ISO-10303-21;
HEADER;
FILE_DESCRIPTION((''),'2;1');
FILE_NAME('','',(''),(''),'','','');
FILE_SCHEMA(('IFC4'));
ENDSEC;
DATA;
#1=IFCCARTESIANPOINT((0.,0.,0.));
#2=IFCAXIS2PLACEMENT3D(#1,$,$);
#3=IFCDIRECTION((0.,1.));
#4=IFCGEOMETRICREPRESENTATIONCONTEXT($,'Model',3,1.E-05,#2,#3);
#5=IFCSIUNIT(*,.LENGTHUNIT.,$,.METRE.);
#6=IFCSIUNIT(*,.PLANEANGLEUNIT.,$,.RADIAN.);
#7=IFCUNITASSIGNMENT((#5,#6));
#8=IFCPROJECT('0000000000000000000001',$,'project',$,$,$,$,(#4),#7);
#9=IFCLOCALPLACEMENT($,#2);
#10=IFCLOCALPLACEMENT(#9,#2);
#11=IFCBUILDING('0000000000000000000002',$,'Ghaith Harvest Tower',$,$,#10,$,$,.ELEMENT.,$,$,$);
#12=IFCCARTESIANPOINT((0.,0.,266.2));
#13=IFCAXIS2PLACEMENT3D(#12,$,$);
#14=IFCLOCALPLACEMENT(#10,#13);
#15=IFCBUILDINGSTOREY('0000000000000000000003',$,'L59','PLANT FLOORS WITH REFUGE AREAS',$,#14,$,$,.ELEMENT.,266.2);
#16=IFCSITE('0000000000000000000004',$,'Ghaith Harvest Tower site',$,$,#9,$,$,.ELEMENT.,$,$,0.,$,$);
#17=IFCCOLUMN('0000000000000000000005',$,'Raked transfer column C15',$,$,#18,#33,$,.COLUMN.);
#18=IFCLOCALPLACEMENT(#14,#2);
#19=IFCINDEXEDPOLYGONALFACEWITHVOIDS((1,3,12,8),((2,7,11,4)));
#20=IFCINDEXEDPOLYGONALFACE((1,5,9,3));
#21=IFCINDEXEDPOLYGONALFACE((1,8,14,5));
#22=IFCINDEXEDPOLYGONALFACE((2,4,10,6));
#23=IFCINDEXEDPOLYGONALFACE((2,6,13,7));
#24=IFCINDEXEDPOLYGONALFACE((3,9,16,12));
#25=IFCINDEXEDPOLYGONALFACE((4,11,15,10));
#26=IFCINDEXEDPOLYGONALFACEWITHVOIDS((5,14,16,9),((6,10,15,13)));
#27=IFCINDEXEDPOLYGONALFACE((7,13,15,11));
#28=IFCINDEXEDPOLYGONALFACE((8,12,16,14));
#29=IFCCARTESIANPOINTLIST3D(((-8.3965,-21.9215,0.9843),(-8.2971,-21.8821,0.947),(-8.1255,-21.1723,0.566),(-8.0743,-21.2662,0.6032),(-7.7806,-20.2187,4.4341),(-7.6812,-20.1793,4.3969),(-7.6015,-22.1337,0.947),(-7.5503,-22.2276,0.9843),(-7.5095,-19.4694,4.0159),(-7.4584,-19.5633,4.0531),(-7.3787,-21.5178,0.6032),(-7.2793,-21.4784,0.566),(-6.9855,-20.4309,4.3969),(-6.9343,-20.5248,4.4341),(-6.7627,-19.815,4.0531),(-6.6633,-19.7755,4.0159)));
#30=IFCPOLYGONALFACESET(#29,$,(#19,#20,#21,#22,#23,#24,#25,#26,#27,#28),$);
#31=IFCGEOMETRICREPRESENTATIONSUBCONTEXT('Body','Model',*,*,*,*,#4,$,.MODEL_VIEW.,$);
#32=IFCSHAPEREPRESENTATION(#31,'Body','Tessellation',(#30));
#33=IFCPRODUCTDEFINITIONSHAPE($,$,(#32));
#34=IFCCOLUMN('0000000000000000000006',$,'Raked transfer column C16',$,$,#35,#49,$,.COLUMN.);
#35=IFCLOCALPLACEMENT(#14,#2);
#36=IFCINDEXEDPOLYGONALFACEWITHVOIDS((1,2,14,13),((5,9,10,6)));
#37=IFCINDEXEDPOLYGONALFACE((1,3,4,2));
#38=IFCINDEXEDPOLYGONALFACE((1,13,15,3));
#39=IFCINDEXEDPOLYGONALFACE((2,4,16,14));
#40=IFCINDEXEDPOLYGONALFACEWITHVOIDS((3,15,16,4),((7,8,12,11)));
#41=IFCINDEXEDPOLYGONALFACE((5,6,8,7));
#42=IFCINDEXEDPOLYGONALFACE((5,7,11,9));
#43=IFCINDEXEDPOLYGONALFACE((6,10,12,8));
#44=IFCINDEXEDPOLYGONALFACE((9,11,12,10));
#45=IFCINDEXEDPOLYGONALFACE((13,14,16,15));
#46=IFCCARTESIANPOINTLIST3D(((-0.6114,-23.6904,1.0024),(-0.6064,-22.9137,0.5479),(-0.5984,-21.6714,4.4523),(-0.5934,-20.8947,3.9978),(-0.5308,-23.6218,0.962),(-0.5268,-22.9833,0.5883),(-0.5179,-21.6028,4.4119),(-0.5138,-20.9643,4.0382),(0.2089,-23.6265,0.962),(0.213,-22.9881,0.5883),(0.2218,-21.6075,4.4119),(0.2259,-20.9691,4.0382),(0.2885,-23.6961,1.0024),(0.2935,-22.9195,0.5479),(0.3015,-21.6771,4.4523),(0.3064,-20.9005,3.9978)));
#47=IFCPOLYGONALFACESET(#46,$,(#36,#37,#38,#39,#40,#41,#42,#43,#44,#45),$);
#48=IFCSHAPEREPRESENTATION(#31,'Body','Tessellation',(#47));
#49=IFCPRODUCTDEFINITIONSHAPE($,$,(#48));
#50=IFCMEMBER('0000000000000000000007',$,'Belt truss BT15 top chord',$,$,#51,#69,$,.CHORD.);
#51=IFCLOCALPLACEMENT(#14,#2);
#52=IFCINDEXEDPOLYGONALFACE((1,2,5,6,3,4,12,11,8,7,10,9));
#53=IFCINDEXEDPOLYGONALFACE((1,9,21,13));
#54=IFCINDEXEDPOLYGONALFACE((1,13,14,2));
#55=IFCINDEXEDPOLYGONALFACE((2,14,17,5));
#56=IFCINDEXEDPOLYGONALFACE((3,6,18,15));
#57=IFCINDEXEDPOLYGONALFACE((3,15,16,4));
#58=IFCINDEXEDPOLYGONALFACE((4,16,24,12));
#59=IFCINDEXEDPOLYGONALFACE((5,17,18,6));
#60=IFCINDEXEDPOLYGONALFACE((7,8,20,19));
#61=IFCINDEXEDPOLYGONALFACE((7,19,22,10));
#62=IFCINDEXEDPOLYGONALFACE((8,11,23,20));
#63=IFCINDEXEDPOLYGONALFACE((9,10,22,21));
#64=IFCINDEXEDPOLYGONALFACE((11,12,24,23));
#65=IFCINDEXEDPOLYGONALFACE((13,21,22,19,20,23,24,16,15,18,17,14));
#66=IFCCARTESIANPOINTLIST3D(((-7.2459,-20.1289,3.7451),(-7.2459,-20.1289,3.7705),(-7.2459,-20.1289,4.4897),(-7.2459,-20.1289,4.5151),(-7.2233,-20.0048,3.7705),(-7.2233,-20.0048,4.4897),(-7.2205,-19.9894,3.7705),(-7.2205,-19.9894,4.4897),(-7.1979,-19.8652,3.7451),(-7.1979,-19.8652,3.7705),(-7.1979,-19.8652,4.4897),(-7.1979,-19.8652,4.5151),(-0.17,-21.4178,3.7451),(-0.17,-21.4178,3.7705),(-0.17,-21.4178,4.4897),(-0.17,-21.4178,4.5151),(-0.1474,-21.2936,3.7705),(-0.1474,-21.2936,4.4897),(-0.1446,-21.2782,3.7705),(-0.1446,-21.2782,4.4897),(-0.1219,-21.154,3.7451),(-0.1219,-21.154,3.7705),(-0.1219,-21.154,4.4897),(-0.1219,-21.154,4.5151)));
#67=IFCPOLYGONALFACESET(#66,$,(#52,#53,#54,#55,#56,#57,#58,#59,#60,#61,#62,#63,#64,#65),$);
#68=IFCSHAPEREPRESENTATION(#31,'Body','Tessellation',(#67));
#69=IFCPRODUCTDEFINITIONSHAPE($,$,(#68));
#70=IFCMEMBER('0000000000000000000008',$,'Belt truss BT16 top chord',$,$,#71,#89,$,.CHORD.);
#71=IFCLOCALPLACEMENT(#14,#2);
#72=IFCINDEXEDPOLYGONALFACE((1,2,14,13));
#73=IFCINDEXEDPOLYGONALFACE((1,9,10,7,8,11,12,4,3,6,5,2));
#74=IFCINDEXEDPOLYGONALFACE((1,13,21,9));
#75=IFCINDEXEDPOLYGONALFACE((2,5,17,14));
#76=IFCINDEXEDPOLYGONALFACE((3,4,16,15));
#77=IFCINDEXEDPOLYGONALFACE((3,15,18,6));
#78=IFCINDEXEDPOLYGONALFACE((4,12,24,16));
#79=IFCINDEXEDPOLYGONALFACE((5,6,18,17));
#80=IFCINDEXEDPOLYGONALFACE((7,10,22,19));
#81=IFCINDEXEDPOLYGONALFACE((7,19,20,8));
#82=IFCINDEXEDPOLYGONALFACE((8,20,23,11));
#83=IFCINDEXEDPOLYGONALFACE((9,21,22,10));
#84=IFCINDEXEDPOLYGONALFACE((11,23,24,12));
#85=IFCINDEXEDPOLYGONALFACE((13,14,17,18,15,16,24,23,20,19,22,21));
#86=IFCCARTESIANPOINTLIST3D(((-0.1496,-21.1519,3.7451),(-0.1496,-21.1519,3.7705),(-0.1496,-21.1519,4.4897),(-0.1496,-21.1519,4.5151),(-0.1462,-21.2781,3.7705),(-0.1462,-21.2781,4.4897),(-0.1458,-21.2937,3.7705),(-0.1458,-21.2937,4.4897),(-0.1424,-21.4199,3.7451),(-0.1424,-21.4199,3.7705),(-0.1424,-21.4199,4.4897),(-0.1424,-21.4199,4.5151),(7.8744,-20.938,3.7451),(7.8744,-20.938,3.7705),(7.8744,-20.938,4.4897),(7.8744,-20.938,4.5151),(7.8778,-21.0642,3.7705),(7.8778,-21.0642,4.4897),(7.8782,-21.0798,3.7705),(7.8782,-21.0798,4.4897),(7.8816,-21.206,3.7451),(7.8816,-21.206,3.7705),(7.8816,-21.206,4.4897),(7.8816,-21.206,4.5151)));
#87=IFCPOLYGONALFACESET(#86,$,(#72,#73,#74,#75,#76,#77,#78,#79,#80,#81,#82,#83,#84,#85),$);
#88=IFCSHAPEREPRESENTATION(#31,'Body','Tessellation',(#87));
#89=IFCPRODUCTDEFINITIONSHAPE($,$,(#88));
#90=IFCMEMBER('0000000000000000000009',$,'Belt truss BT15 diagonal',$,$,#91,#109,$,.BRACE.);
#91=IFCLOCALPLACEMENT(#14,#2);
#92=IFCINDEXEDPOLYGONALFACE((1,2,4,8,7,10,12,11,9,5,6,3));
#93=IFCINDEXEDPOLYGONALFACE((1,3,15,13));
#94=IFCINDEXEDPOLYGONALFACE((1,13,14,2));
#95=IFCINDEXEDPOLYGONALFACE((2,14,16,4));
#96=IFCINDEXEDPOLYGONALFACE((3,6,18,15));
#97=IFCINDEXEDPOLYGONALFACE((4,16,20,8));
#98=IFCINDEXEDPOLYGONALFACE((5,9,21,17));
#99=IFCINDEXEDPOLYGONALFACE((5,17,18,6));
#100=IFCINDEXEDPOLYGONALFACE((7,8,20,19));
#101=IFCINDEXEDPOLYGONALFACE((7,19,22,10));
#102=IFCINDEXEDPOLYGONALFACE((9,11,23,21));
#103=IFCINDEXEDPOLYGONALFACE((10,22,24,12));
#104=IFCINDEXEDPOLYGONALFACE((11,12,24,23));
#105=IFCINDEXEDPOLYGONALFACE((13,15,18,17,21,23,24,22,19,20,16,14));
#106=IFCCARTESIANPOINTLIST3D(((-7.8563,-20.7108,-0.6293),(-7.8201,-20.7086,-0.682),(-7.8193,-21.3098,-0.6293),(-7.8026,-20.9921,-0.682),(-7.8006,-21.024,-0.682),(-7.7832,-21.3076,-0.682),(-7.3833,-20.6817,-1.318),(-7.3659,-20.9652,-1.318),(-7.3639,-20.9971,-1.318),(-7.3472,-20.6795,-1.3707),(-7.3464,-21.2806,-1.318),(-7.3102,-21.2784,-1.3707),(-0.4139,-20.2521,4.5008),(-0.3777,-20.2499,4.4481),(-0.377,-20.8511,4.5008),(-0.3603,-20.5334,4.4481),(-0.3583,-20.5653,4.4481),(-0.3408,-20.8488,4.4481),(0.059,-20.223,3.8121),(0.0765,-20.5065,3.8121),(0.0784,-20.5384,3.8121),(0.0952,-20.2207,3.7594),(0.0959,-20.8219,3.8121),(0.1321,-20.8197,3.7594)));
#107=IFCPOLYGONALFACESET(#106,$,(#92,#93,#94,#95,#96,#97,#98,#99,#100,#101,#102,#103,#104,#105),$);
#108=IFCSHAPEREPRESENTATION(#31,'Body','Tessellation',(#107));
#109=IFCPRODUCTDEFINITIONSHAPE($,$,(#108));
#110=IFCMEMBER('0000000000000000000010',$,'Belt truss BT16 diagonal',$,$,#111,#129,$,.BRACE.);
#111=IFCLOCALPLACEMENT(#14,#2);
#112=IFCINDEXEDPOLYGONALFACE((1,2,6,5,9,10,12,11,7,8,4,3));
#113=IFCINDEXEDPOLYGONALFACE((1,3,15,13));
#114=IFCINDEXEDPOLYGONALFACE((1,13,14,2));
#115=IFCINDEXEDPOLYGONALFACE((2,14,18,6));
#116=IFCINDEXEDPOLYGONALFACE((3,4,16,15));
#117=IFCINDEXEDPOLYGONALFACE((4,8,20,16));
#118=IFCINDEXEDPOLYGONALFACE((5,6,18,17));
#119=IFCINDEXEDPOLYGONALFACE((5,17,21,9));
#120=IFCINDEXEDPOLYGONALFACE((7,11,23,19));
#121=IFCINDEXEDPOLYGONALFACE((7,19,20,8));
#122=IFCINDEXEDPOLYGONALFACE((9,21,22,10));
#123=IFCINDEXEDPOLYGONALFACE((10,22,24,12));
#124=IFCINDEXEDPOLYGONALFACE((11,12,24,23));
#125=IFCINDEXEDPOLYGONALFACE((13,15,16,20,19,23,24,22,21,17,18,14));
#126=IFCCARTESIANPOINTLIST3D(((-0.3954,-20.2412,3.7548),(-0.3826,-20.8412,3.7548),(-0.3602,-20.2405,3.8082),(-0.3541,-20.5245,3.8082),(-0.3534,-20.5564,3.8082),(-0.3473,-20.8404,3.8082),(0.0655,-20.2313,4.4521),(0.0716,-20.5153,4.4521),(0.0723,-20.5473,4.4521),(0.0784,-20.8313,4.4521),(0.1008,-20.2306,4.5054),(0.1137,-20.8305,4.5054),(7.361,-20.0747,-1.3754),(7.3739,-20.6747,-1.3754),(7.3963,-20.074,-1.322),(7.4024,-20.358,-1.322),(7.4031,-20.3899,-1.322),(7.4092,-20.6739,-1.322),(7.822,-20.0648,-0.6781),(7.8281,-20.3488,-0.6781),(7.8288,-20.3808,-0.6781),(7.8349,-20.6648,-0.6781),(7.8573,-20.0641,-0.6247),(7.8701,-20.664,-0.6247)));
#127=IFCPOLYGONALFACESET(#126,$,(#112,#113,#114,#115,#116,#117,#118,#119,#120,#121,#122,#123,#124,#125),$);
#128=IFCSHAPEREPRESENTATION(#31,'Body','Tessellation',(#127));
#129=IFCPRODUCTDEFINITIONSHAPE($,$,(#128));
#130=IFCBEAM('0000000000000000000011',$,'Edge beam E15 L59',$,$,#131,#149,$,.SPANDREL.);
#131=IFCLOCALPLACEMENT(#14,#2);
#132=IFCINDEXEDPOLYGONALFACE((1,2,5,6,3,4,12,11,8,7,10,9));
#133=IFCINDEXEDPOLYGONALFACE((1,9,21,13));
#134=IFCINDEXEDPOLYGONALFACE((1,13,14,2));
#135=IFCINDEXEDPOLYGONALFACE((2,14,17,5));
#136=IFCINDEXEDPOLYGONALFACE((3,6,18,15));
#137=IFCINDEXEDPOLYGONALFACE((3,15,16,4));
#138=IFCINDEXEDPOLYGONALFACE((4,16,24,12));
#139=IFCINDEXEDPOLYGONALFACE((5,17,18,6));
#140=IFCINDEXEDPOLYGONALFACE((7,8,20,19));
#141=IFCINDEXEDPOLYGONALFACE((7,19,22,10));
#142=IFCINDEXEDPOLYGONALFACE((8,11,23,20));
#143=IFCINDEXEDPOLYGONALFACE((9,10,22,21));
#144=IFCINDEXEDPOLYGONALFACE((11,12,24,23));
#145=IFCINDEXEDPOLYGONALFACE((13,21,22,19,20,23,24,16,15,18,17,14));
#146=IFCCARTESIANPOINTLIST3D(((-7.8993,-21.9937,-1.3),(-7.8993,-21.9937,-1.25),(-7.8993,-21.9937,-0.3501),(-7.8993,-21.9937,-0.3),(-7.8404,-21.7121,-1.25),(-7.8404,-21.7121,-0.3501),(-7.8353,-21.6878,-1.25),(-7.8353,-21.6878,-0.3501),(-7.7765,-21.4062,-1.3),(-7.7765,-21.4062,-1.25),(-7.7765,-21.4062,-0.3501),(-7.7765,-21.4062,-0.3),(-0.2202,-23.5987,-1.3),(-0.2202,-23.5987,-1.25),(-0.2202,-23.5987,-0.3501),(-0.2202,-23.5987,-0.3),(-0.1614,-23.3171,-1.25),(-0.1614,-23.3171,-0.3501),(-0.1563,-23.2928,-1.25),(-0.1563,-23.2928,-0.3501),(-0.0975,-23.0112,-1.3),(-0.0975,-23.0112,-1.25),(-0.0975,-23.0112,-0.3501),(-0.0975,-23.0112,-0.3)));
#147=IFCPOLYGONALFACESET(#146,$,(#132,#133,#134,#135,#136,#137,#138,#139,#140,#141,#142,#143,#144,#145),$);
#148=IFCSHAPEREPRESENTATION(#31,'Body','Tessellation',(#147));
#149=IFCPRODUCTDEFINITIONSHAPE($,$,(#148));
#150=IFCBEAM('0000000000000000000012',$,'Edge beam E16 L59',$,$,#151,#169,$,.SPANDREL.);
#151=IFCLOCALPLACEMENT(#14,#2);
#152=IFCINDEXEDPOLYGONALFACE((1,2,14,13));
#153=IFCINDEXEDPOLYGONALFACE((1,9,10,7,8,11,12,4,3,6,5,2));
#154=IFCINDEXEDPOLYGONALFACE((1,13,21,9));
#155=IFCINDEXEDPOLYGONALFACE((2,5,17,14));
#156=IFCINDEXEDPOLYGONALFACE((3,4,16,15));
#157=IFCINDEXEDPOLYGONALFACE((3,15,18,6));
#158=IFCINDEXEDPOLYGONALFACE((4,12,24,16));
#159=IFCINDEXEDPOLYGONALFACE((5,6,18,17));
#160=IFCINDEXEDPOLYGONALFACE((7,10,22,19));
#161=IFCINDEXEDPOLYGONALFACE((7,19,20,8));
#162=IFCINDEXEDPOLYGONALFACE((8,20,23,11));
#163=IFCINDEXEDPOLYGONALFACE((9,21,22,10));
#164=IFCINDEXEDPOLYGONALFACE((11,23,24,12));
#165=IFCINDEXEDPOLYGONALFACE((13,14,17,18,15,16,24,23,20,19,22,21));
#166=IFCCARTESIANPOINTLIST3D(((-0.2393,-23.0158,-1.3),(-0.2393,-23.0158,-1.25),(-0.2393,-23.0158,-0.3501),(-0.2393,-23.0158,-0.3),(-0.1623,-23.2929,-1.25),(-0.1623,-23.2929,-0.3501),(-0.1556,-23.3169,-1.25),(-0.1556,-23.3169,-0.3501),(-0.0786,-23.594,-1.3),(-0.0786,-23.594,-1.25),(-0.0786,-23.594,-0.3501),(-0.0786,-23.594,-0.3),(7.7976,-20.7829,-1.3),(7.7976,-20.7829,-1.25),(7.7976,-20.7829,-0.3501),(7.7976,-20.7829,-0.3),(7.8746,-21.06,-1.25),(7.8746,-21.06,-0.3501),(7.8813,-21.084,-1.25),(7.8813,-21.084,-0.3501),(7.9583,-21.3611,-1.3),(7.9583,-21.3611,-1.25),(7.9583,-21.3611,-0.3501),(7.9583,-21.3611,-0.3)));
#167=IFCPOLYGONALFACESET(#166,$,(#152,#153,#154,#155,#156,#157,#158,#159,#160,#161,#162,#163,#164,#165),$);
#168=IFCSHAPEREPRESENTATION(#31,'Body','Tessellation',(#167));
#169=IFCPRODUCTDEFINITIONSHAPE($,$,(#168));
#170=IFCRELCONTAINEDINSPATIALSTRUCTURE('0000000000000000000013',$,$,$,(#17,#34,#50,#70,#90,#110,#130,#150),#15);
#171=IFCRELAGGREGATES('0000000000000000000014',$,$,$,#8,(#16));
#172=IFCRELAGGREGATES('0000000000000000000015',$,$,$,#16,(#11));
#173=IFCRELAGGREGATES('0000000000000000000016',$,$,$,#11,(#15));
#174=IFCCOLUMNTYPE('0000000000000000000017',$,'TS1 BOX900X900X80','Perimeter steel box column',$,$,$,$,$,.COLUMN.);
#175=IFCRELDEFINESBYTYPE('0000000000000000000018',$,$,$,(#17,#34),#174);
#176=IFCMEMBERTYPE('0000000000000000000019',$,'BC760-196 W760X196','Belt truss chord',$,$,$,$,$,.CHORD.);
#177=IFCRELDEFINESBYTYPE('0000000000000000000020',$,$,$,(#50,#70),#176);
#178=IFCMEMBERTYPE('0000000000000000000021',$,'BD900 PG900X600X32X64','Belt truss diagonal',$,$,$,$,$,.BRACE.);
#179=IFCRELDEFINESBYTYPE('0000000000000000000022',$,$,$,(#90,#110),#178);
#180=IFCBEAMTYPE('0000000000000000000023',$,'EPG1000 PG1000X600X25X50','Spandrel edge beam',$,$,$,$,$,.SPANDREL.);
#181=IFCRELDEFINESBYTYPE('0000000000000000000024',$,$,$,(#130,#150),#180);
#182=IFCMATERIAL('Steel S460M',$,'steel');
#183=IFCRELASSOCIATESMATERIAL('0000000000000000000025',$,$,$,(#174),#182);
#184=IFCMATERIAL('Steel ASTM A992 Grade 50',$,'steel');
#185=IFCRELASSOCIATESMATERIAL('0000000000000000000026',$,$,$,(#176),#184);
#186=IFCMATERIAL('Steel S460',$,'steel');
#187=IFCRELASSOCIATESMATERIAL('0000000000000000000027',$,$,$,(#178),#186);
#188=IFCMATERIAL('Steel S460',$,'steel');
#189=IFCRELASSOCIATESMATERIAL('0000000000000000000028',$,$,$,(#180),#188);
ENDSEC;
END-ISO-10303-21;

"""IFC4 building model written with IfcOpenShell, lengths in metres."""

from ifc_helpers import new_model, si_unit, direction, frame, origin, origin_2d, place, context, subcontext, project, spatial, hollow_rectangle, i_section, extrude, material, material_profile, profile_set, type_object, element, save


model = new_model("IFC4")

# Units and contexts
model_context = context("Model", 3, precision=1e-05, world=origin(), true_north=direction((0.0, 1.0)))
body_context = subcontext(model_context, "Body", "Model", "MODEL_VIEW")
ifc_project = project(units=[si_unit("LENGTHUNIT", "METRE"), si_unit("PLANEANGLEUNIT", "RADIAN")], contexts=[model_context])

# Site, building, storey
site_placement = place(None, origin())
site = spatial("IfcSite", under=ifc_project, at=site_placement, Name="Ghaith Harvest Tower site", CompositionType="ELEMENT", RefElevation=0.0)
building_placement = place(site_placement, origin())
building = spatial("IfcBuilding", under=site, at=building_placement, Name="Ghaith Harvest Tower", CompositionType="ELEMENT")
storey_placement = place(building_placement, frame((0.0, 0.0, 266.2)))
storey = spatial("IfcBuildingStorey", under=building, at=storey_placement, Name="L59", Description="PLANT FLOORS WITH REFUGE AREAS", CompositionType="ELEMENT", Elevation=266.2)

# Columns
ifc_material_1 = material(Name="Steel S460M", Category="steel")
ifc_material_profile_1 = material_profile(ifc_material_1, hollow_rectangle(XDim=0.8999, YDim=0.8999, WallThickness=0.0801, at=origin_2d()), Name="BOX900X900X80")
ifc_profile_set_1 = profile_set([ifc_material_profile_1], Name="Steel S460M")
column_type = type_object("IfcColumnType", Name="TS1 BOX900X900X80", Description="Perimeter steel box column", PredefinedType="COLUMN", material=ifc_profile_set_1)
column_1_placement = place(storey_placement, frame((-7.8379, -21.7, 0.7751), z_axis=(0.158089, 0.437047, 0.885436), x_axis=(-0.940371, 0.340151, 0.0)))
element("IfcColumn", 1, at=column_1_placement, inside=storey, type_object=column_type, Name="Raked transfer column C15", PredefinedType="COLUMN", context=body_context, shape_type="SweptSolid", body=[
    extrude(hollow_rectangle(XDim=0.8999, YDim=0.8999, WallThickness=0.0801, at=origin_2d()), origin(), (0.0, 0.0, 1.0), 3.8962),
])
column_2_placement = place(storey_placement, frame((-0.1589, -23.3049, 0.7751), z_axis=(0.003237, 0.505094, 0.863058), x_axis=(-0.999979, 0.006409, 0.0)))
element("IfcColumn", 2, at=column_2_placement, inside=storey, type_object=column_type, Name="Raked transfer column C16", PredefinedType="COLUMN", context=body_context, shape_type="SweptSolid", body=[
    extrude(hollow_rectangle(XDim=0.8999, YDim=0.8999, WallThickness=0.0801, at=origin_2d()), origin(), (0.0, 0.0, 1.0), 3.9973),
])

# Members
ifc_material_2 = material(Name="Steel ASTM A992 Grade 50", Category="steel")
ifc_material_profile_2 = material_profile(ifc_material_2, i_section(OverallWidth=0.2681, OverallDepth=0.77, WebThickness=0.0156, FlangeThickness=0.0254, at=origin_2d()), Name="W760X196")
ifc_profile_set_2 = profile_set([ifc_material_profile_2], Name="Steel ASTM A992 Grade 50")
member_type_1 = type_object("IfcMemberType", Name="BC760-196 W760X196", Description="Belt truss chord", PredefinedType="CHORD", material=ifc_profile_set_2)
member_1_placement = place(storey_placement, frame((-7.2219, -19.9971, 4.1301), z_axis=(0.983814, -0.179193, 0.0), x_axis=(0.179193, 0.983814, 0.0)))
element("IfcMember", 3, at=member_1_placement, inside=storey, type_object=member_type_1, Name="Belt truss BT15 top chord", PredefinedType="CHORD", context=body_context, shape_type="SweptSolid", body=[
    extrude(i_section(OverallWidth=0.2681, OverallDepth=0.77, WebThickness=0.0156, FlangeThickness=0.0254, at=origin_2d()), origin(), (0.0, 0.0, 1.0), 7.1924),
])
member_2_placement = place(storey_placement, frame((-0.146, -21.2859, 4.1301), z_axis=(0.999645, 0.026644, 0.0), x_axis=(-0.026644, 0.999645, 0.0)))
element("IfcMember", 4, at=member_2_placement, inside=storey, type_object=member_type_1, Name="Belt truss BT16 top chord", PredefinedType="CHORD", context=body_context, shape_type="SweptSolid", body=[
    extrude(i_section(OverallWidth=0.2681, OverallDepth=0.77, WebThickness=0.0156, FlangeThickness=0.0254, at=origin_2d()), origin(), (0.0, 0.0, 1.0), 8.0269),
])
ifc_material_3 = material(Name="Steel S460", Category="steel")
ifc_material_profile_3 = material_profile(ifc_material_3, i_section(OverallWidth=0.6001, OverallDepth=0.8999, WebThickness=0.032, FlangeThickness=0.064, at=origin_2d()), Name="PG900X600X32X64")
ifc_profile_set_3 = profile_set([ifc_material_profile_3], Name="Steel S460")
member_type_2 = type_object("IfcMemberType", Name="BD900 PG900X600X32X64", Description="Belt truss diagonal", PredefinedType="BRACE", material=ifc_profile_set_3)
member_3_placement = place(storey_placement, frame((-7.5833, -20.9946, -1.0), z_axis=(0.822286, 0.050685, 0.566812), x_axis=(-0.061522, 0.998106, 0.0)))
element("IfcMember", 5, at=member_3_placement, inside=storey, type_object=member_type_2, Name="Belt truss BT15 diagonal", PredefinedType="BRACE", context=body_context, shape_type="SweptSolid", body=[
    extrude(i_section(OverallWidth=0.6001, OverallDepth=0.8999, WebThickness=0.032, FlangeThickness=0.064, at=origin_2d()), origin(), (0.0, 0.0, 1.0), 9.0508),
])
member_4_placement = place(storey_placement, frame((-0.1409, -20.5359, 4.1301), z_axis=(0.833935, 0.017902, -0.551573), x_axis=(-0.021462, 0.99977, 0.0)))
element("IfcMember", 6, at=member_4_placement, inside=storey, type_object=member_type_2, Name="Belt truss BT16 diagonal", PredefinedType="BRACE", context=body_context, shape_type="SweptSolid", body=[
    extrude(i_section(OverallWidth=0.6001, OverallDepth=0.8999, WebThickness=0.032, FlangeThickness=0.064, at=origin_2d()), origin(), (0.0, 0.0, 1.0), 9.301),
])

# Beams
ifc_material_4 = material(Name="Steel S460", Category="steel")
ifc_material_profile_4 = material_profile(ifc_material_4, i_section(OverallWidth=0.6001, OverallDepth=1.0, WebThickness=0.0249, FlangeThickness=0.05, at=origin_2d()), Name="PG1000X600X25X50")
ifc_profile_set_4 = profile_set([ifc_material_profile_4], Name="Steel S460")
beam_type = type_object("IfcBeamType", Name="EPG1000 PG1000X600X25X50", Description="Spandrel edge beam", PredefinedType="SPANDREL", material=ifc_profile_set_4)
beam_1_placement = place(storey_placement, frame((-7.8379, -21.7, -0.8), z_axis=(0.978848, -0.204589, 0.0), x_axis=(0.204589, 0.978848, 0.0)))
element("IfcBeam", 7, at=beam_1_placement, inside=storey, type_object=beam_type, Name="Edge beam E15 L59", PredefinedType="SPANDREL", context=body_context, shape_type="SweptSolid", body=[
    extrude(i_section(OverallWidth=0.6001, OverallDepth=1.0, WebThickness=0.0249, FlangeThickness=0.05, at=origin_2d()), origin(), (0.0, 0.0, 1.0), 7.845),
])
beam_2_placement = place(storey_placement, frame((-0.1589, -23.3049, -0.8), z_axis=(0.963504, 0.267694, 0.0), x_axis=(-0.267694, 0.963504, 0.0)))
element("IfcBeam", 8, at=beam_2_placement, inside=storey, type_object=beam_type, Name="Edge beam E16 L59", PredefinedType="SPANDREL", context=body_context, shape_type="SweptSolid", body=[
    extrude(i_section(OverallWidth=0.6001, OverallDepth=1.0, WebThickness=0.0249, FlangeThickness=0.05, at=origin_2d()), origin(), (0.0, 0.0, 1.0), 8.3413),
])

save(model, "model.ifc")
